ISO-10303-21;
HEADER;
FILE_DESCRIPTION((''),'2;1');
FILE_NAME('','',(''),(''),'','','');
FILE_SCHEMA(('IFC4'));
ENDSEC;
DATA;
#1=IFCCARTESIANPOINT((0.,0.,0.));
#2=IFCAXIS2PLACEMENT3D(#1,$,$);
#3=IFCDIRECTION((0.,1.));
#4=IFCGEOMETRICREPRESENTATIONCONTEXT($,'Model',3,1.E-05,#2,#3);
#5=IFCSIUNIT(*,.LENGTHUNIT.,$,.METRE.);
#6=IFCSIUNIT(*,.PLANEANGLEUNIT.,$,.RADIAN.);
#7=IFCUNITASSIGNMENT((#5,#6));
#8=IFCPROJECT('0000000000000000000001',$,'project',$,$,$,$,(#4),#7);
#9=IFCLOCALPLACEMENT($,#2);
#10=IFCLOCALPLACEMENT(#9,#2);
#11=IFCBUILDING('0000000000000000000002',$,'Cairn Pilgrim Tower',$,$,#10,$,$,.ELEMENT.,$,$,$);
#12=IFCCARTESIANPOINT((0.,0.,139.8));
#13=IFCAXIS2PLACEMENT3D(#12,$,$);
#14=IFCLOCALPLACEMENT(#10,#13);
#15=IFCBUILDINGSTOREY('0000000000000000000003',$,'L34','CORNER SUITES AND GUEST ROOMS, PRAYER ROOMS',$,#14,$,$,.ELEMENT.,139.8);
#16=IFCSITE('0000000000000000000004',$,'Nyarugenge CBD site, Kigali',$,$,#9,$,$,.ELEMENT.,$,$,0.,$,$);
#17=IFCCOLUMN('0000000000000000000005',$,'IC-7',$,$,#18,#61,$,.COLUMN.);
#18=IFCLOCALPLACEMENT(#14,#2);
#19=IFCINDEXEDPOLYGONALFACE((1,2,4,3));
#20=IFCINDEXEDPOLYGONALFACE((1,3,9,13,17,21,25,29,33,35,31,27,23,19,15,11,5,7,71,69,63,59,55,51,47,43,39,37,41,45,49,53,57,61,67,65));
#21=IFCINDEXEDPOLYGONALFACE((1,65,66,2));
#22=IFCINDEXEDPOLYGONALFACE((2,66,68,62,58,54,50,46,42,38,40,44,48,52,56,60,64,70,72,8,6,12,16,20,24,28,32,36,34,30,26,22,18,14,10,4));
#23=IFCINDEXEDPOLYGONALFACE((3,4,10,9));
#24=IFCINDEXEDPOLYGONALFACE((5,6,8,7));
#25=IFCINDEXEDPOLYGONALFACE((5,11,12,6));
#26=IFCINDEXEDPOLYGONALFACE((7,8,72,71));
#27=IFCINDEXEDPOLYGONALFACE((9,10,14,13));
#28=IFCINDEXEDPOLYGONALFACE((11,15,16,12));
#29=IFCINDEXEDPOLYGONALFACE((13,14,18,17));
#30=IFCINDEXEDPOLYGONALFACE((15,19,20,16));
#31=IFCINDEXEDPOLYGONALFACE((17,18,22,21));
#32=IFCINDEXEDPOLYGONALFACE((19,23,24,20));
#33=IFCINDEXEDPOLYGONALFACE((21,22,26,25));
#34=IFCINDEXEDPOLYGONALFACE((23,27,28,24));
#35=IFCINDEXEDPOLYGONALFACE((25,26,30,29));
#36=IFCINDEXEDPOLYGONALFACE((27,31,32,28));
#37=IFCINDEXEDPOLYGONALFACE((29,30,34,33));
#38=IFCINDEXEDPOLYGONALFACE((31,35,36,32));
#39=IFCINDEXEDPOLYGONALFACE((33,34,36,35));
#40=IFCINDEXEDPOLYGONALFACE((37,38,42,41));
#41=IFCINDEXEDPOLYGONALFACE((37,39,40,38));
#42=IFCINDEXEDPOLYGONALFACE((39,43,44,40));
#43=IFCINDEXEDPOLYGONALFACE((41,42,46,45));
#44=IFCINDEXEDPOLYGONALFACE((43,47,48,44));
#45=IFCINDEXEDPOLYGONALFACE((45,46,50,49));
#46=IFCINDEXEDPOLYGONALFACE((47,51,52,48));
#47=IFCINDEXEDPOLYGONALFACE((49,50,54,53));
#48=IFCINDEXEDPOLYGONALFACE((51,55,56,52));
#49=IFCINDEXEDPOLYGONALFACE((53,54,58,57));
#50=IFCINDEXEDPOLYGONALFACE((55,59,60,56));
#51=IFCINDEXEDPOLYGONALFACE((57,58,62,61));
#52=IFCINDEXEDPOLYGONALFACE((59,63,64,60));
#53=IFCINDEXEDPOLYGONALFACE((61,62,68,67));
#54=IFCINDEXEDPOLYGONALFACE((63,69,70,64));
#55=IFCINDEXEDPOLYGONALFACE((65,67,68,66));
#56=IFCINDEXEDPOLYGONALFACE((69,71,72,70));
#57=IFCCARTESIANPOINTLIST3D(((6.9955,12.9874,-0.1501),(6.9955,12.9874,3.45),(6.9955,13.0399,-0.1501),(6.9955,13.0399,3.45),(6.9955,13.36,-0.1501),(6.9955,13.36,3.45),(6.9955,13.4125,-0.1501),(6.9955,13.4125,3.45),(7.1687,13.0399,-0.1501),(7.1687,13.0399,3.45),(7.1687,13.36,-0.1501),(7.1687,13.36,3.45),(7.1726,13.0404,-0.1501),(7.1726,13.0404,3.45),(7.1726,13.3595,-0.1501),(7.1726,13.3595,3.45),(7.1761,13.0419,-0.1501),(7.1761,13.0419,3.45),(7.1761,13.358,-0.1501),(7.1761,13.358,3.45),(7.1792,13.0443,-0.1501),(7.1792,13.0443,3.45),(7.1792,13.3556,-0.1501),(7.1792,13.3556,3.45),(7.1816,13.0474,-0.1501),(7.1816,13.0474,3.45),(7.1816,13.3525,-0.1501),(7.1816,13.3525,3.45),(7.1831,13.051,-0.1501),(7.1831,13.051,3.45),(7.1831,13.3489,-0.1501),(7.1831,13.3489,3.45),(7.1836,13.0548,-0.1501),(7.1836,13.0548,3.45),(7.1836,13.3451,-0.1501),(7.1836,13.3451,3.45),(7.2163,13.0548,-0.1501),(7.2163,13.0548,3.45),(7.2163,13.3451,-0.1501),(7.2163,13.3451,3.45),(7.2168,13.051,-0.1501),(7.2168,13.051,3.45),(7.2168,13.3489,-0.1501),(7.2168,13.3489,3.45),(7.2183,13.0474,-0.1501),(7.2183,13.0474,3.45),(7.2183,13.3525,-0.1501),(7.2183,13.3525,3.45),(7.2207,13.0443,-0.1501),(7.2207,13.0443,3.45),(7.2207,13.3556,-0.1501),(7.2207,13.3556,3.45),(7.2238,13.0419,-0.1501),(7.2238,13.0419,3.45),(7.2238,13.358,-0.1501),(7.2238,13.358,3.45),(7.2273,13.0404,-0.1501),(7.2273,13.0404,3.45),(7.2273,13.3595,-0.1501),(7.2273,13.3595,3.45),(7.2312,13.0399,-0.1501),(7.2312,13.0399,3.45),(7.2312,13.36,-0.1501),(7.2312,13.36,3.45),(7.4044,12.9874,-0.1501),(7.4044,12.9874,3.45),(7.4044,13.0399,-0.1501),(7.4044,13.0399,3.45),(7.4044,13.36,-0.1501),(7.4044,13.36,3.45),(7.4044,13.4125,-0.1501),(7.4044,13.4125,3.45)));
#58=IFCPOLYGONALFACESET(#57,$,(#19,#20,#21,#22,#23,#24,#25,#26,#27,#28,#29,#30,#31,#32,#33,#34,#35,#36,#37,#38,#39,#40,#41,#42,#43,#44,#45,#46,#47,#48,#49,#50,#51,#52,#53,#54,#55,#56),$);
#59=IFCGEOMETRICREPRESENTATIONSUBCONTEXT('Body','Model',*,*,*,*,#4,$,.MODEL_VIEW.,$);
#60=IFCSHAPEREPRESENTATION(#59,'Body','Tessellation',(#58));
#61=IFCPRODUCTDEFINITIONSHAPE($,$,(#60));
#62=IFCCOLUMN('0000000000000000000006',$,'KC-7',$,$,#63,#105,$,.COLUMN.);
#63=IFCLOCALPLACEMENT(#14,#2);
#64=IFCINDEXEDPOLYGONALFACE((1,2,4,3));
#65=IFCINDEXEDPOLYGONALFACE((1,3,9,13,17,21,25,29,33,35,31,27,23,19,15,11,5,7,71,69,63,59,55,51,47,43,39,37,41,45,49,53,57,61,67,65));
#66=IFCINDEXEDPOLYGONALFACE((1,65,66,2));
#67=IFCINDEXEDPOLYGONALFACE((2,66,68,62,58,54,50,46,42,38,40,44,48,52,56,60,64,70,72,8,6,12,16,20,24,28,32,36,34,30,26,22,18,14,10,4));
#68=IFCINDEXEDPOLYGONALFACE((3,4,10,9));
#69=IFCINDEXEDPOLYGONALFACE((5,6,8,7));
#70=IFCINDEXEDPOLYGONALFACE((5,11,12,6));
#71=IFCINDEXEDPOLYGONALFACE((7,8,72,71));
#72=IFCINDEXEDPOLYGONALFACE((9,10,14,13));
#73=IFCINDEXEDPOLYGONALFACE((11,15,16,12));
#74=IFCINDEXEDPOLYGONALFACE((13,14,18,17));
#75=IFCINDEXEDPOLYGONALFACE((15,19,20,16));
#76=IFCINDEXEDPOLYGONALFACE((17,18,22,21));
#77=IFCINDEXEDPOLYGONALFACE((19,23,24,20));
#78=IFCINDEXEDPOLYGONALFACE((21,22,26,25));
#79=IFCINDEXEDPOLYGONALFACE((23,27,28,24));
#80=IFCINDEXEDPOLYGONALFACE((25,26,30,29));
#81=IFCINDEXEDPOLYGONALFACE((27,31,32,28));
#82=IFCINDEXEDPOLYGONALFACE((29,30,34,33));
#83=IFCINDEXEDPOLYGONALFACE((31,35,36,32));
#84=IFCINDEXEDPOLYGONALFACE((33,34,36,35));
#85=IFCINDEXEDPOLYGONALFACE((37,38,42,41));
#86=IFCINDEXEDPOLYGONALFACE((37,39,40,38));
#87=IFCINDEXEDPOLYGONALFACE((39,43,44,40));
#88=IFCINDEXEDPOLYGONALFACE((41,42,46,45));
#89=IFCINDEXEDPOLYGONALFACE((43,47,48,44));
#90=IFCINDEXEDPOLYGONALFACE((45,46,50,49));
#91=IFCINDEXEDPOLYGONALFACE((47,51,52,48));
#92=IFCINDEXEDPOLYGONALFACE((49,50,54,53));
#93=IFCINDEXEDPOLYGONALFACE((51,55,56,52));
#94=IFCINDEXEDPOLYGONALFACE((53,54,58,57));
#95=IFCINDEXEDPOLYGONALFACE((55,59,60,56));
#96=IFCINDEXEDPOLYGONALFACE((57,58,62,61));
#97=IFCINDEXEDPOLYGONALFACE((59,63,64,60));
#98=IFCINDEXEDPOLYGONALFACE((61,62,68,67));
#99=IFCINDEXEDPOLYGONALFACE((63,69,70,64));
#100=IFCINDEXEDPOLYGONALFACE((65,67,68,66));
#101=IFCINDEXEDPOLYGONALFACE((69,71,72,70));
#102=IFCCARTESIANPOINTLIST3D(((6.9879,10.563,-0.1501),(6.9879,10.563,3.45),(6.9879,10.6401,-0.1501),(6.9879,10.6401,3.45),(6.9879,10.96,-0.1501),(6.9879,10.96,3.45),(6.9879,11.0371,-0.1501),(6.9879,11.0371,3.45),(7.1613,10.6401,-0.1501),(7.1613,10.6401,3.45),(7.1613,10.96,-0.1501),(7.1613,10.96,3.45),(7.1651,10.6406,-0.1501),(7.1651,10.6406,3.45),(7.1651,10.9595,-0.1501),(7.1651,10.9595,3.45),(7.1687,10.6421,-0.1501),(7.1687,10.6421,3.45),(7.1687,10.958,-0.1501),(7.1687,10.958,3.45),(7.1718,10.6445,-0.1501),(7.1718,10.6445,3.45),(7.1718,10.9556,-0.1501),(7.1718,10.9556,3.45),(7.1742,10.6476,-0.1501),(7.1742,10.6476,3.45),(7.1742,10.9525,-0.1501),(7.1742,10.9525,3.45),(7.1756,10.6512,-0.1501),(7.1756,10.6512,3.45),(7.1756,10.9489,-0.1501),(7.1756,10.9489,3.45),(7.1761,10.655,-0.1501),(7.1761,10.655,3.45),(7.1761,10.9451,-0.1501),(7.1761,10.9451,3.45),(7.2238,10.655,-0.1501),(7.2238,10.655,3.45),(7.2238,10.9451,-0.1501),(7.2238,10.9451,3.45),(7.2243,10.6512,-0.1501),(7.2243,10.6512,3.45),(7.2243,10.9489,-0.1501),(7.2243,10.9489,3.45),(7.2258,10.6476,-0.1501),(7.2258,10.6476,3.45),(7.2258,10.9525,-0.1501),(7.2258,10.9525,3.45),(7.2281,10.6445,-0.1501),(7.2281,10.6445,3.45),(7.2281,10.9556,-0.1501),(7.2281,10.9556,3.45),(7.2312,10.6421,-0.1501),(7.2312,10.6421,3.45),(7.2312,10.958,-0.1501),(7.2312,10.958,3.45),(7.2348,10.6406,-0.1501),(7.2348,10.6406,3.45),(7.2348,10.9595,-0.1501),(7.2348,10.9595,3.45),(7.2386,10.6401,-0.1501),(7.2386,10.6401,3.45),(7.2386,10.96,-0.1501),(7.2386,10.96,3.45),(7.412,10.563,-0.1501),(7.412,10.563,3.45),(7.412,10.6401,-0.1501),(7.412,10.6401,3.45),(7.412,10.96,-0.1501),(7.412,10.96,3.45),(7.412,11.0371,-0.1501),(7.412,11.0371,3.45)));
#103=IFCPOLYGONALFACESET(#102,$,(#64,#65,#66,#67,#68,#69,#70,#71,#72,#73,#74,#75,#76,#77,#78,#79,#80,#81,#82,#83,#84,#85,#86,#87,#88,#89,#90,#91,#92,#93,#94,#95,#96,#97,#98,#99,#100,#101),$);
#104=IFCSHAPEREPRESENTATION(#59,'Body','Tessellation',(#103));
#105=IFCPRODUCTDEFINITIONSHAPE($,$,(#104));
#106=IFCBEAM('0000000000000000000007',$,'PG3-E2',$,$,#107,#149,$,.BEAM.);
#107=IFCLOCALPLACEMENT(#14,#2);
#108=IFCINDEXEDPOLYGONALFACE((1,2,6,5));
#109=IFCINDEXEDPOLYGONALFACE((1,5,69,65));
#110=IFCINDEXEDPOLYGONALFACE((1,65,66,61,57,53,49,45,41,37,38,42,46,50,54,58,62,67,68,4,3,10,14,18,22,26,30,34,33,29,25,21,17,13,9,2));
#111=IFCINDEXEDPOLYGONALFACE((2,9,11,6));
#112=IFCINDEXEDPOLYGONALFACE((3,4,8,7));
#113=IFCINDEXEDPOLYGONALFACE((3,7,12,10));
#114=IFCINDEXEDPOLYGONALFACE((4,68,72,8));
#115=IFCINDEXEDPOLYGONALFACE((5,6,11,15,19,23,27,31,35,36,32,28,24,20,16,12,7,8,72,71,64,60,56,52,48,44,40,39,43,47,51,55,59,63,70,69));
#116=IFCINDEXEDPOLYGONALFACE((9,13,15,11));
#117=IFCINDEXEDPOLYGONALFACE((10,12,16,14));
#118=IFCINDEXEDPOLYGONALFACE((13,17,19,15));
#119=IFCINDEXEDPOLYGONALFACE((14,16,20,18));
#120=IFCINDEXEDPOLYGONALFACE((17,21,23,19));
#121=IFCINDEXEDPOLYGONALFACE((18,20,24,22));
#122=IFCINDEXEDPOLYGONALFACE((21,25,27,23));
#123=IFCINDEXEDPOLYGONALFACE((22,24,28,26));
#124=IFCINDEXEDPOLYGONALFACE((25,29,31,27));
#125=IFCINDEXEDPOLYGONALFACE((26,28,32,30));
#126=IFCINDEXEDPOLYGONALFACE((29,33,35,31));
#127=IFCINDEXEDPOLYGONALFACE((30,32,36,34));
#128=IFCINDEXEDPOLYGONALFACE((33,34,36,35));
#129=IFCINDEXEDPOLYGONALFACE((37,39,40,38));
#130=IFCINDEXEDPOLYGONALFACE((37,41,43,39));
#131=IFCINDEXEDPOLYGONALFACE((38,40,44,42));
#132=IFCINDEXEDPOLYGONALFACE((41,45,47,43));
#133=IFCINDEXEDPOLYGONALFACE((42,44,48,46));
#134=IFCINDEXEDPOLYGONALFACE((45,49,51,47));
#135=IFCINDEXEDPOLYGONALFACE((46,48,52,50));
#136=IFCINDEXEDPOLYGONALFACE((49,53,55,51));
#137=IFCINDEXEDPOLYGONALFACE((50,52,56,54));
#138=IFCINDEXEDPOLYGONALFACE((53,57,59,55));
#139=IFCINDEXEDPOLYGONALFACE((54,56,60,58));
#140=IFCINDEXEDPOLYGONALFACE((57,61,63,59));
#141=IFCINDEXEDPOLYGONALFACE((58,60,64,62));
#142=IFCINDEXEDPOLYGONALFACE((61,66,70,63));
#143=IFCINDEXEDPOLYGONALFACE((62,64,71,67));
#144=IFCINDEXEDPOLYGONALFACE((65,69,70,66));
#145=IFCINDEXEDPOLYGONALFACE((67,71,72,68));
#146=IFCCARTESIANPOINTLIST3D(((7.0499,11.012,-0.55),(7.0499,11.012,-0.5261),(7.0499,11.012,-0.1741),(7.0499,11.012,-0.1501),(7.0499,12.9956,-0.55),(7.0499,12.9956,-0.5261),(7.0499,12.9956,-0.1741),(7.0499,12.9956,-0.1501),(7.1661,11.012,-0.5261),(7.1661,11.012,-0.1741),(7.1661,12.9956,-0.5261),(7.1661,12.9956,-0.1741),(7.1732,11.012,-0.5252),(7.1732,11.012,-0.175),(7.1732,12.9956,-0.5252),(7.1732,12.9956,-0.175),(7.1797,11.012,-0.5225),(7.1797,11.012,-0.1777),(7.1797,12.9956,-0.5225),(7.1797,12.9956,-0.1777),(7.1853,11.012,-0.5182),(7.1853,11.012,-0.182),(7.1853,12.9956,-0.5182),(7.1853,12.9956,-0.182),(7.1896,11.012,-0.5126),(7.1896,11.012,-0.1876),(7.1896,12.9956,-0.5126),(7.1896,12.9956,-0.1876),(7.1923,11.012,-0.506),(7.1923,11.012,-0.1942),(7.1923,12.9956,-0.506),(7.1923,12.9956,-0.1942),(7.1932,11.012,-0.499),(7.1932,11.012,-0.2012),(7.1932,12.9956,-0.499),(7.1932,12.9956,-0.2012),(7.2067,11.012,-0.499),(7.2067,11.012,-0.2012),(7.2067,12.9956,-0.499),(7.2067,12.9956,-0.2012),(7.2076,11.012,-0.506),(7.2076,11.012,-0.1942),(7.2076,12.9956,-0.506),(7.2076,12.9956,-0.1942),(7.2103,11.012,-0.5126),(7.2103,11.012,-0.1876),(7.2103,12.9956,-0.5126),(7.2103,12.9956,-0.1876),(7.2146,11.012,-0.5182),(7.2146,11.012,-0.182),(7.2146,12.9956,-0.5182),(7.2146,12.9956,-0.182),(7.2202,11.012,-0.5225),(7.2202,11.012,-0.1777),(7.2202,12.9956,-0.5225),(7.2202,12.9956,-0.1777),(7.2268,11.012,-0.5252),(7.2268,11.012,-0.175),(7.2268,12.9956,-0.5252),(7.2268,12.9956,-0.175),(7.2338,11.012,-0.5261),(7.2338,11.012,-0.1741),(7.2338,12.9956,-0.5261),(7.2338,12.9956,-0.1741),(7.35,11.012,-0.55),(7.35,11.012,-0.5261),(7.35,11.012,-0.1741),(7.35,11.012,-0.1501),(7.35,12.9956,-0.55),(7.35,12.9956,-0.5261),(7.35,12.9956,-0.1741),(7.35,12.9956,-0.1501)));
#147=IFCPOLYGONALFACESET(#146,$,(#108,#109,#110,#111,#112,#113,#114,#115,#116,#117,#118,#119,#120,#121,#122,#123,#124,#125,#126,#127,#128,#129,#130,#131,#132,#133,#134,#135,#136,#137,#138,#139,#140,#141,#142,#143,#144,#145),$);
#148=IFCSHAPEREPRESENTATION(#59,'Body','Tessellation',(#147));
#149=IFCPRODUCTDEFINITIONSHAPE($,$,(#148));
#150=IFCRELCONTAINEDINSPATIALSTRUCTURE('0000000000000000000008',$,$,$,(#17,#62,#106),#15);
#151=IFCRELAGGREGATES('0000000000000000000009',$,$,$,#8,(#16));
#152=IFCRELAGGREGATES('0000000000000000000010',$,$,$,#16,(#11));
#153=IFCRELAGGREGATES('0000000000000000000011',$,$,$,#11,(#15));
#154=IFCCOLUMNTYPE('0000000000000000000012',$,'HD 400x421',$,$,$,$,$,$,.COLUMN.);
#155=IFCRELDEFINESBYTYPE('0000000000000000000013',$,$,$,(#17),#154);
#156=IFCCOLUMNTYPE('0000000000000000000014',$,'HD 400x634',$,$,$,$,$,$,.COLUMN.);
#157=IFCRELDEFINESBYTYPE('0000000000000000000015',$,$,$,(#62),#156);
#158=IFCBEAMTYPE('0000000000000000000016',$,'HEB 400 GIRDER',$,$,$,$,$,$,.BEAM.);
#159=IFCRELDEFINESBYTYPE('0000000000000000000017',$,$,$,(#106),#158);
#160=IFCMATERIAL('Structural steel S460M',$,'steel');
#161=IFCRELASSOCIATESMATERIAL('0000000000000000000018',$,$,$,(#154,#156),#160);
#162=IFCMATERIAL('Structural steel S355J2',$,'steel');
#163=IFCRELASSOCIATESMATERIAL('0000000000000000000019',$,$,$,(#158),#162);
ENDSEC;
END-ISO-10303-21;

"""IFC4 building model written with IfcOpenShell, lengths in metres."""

from ifc_helpers import new_model, si_unit, direction, frame, origin, origin_2d, place, context, subcontext, project, spatial, i_section, extrude, material, material_profile, profile_set, type_object, element, save


model = new_model("IFC4")

# Units and contexts
model_context = context("Model", 3, precision=1e-05, world=origin(), true_north=direction((0.0, 1.0)))
body_context = subcontext(model_context, "Body", "Model", "MODEL_VIEW")
ifc_project = project(units=[si_unit("LENGTHUNIT", "METRE"), si_unit("PLANEANGLEUNIT", "RADIAN")], contexts=[model_context])

# Site, building, storey
site_placement = place(None, origin())
site = spatial("IfcSite", under=ifc_project, at=site_placement, Name="Nyarugenge CBD site, Kigali", CompositionType="ELEMENT", RefElevation=0.0)
building_placement = place(site_placement, origin())
building = spatial("IfcBuilding", under=site, at=building_placement, Name="Cairn Pilgrim Tower", CompositionType="ELEMENT")
storey_placement = place(building_placement, frame((0.0, 0.0, 139.8)))
storey = spatial("IfcBuildingStorey", under=building, at=storey_placement, Name="L34", Description="CORNER SUITES AND GUEST ROOMS, PRAYER ROOMS", CompositionType="ELEMENT", Elevation=139.8)

# Columns
ifc_material_1 = material(Name="Structural steel S460M", Category="steel")
ifc_material_profile_1 = material_profile(ifc_material_1, i_section(OverallWidth=0.4089, OverallDepth=0.425, WebThickness=0.0327, FlangeThickness=0.0525, FilletRadius=0.0149, at=origin_2d()), Name="HD 400x421")
ifc_profile_set_1 = profile_set([ifc_material_profile_1], Name="Structural steel S460M")
column_type_1 = type_object("IfcColumnType", Name="HD 400x421", PredefinedType="COLUMN", material=ifc_profile_set_1)
column_1_placement = place(storey_placement, frame((7.2, 13.2, -0.1501), z_axis=(0.0, 0.0, 1.0), x_axis=(1.0, 0.0, 0.0)))
element("IfcColumn", 1, at=column_1_placement, inside=storey, type_object=column_type_1, Name="IC-7", PredefinedType="COLUMN", context=body_context, shape_type="SweptSolid", body=[
    extrude(i_section(OverallWidth=0.4089, OverallDepth=0.425, WebThickness=0.0327, FlangeThickness=0.0525, FilletRadius=0.0149, at=origin_2d()), origin(), (0.0, 0.0, 1.0), 3.6001),
])
ifc_material_profile_2 = material_profile(ifc_material_1, i_section(OverallWidth=0.4241, OverallDepth=0.4741, WebThickness=0.0476, FlangeThickness=0.0771, FilletRadius=0.0149, at=origin_2d()), Name="HD 400x634")
ifc_profile_set_2 = profile_set([ifc_material_profile_2], Name="Structural steel S460M")
column_type_2 = type_object("IfcColumnType", Name="HD 400x634", PredefinedType="COLUMN", material=ifc_profile_set_2)
column_2_placement = place(storey_placement, frame((7.2, 10.8, -0.1501), z_axis=(0.0, 0.0, 1.0), x_axis=(1.0, 0.0, 0.0)))
element("IfcColumn", 2, at=column_2_placement, inside=storey, type_object=column_type_2, Name="KC-7", PredefinedType="COLUMN", context=body_context, shape_type="SweptSolid", body=[
    extrude(i_section(OverallWidth=0.4241, OverallDepth=0.4741, WebThickness=0.0476, FlangeThickness=0.0771, FilletRadius=0.0149, at=origin_2d()), origin(), (0.0, 0.0, 1.0), 3.6001),
])

# Beam
ifc_material_2 = material(Name="Structural steel S355J2", Category="steel")
ifc_material_profile_3 = material_profile(ifc_material_2, i_section(OverallWidth=0.3, OverallDepth=0.3999, WebThickness=0.0134, FlangeThickness=0.0239, FilletRadius=0.0271, at=origin_2d()), Name="HEB 400")
ifc_profile_set_3 = profile_set([ifc_material_profile_3], Name="Structural steel S355J2")
beam_type_1 = type_object("IfcBeamType", Name="HEB 400 GIRDER", PredefinedType="BEAM", material=ifc_profile_set_3)
beam_1_placement = place(storey_placement, frame((7.2, 11.012, -0.3501), z_axis=(0.0, 1.0, 0.0), x_axis=(-1.0, 0.0, 0.0)))
element("IfcBeam", 3, at=beam_1_placement, inside=storey, type_object=beam_type_1, Name="PG3-E2", PredefinedType="BEAM", context=body_context, shape_type="SweptSolid", body=[
    extrude(i_section(OverallWidth=0.3, OverallDepth=0.3999, WebThickness=0.0134, FlangeThickness=0.0239, FilletRadius=0.0271, at=origin_2d()), origin(), (0.0, 0.0, 1.0), 1.9836),
])

save(model, "model.ifc")
